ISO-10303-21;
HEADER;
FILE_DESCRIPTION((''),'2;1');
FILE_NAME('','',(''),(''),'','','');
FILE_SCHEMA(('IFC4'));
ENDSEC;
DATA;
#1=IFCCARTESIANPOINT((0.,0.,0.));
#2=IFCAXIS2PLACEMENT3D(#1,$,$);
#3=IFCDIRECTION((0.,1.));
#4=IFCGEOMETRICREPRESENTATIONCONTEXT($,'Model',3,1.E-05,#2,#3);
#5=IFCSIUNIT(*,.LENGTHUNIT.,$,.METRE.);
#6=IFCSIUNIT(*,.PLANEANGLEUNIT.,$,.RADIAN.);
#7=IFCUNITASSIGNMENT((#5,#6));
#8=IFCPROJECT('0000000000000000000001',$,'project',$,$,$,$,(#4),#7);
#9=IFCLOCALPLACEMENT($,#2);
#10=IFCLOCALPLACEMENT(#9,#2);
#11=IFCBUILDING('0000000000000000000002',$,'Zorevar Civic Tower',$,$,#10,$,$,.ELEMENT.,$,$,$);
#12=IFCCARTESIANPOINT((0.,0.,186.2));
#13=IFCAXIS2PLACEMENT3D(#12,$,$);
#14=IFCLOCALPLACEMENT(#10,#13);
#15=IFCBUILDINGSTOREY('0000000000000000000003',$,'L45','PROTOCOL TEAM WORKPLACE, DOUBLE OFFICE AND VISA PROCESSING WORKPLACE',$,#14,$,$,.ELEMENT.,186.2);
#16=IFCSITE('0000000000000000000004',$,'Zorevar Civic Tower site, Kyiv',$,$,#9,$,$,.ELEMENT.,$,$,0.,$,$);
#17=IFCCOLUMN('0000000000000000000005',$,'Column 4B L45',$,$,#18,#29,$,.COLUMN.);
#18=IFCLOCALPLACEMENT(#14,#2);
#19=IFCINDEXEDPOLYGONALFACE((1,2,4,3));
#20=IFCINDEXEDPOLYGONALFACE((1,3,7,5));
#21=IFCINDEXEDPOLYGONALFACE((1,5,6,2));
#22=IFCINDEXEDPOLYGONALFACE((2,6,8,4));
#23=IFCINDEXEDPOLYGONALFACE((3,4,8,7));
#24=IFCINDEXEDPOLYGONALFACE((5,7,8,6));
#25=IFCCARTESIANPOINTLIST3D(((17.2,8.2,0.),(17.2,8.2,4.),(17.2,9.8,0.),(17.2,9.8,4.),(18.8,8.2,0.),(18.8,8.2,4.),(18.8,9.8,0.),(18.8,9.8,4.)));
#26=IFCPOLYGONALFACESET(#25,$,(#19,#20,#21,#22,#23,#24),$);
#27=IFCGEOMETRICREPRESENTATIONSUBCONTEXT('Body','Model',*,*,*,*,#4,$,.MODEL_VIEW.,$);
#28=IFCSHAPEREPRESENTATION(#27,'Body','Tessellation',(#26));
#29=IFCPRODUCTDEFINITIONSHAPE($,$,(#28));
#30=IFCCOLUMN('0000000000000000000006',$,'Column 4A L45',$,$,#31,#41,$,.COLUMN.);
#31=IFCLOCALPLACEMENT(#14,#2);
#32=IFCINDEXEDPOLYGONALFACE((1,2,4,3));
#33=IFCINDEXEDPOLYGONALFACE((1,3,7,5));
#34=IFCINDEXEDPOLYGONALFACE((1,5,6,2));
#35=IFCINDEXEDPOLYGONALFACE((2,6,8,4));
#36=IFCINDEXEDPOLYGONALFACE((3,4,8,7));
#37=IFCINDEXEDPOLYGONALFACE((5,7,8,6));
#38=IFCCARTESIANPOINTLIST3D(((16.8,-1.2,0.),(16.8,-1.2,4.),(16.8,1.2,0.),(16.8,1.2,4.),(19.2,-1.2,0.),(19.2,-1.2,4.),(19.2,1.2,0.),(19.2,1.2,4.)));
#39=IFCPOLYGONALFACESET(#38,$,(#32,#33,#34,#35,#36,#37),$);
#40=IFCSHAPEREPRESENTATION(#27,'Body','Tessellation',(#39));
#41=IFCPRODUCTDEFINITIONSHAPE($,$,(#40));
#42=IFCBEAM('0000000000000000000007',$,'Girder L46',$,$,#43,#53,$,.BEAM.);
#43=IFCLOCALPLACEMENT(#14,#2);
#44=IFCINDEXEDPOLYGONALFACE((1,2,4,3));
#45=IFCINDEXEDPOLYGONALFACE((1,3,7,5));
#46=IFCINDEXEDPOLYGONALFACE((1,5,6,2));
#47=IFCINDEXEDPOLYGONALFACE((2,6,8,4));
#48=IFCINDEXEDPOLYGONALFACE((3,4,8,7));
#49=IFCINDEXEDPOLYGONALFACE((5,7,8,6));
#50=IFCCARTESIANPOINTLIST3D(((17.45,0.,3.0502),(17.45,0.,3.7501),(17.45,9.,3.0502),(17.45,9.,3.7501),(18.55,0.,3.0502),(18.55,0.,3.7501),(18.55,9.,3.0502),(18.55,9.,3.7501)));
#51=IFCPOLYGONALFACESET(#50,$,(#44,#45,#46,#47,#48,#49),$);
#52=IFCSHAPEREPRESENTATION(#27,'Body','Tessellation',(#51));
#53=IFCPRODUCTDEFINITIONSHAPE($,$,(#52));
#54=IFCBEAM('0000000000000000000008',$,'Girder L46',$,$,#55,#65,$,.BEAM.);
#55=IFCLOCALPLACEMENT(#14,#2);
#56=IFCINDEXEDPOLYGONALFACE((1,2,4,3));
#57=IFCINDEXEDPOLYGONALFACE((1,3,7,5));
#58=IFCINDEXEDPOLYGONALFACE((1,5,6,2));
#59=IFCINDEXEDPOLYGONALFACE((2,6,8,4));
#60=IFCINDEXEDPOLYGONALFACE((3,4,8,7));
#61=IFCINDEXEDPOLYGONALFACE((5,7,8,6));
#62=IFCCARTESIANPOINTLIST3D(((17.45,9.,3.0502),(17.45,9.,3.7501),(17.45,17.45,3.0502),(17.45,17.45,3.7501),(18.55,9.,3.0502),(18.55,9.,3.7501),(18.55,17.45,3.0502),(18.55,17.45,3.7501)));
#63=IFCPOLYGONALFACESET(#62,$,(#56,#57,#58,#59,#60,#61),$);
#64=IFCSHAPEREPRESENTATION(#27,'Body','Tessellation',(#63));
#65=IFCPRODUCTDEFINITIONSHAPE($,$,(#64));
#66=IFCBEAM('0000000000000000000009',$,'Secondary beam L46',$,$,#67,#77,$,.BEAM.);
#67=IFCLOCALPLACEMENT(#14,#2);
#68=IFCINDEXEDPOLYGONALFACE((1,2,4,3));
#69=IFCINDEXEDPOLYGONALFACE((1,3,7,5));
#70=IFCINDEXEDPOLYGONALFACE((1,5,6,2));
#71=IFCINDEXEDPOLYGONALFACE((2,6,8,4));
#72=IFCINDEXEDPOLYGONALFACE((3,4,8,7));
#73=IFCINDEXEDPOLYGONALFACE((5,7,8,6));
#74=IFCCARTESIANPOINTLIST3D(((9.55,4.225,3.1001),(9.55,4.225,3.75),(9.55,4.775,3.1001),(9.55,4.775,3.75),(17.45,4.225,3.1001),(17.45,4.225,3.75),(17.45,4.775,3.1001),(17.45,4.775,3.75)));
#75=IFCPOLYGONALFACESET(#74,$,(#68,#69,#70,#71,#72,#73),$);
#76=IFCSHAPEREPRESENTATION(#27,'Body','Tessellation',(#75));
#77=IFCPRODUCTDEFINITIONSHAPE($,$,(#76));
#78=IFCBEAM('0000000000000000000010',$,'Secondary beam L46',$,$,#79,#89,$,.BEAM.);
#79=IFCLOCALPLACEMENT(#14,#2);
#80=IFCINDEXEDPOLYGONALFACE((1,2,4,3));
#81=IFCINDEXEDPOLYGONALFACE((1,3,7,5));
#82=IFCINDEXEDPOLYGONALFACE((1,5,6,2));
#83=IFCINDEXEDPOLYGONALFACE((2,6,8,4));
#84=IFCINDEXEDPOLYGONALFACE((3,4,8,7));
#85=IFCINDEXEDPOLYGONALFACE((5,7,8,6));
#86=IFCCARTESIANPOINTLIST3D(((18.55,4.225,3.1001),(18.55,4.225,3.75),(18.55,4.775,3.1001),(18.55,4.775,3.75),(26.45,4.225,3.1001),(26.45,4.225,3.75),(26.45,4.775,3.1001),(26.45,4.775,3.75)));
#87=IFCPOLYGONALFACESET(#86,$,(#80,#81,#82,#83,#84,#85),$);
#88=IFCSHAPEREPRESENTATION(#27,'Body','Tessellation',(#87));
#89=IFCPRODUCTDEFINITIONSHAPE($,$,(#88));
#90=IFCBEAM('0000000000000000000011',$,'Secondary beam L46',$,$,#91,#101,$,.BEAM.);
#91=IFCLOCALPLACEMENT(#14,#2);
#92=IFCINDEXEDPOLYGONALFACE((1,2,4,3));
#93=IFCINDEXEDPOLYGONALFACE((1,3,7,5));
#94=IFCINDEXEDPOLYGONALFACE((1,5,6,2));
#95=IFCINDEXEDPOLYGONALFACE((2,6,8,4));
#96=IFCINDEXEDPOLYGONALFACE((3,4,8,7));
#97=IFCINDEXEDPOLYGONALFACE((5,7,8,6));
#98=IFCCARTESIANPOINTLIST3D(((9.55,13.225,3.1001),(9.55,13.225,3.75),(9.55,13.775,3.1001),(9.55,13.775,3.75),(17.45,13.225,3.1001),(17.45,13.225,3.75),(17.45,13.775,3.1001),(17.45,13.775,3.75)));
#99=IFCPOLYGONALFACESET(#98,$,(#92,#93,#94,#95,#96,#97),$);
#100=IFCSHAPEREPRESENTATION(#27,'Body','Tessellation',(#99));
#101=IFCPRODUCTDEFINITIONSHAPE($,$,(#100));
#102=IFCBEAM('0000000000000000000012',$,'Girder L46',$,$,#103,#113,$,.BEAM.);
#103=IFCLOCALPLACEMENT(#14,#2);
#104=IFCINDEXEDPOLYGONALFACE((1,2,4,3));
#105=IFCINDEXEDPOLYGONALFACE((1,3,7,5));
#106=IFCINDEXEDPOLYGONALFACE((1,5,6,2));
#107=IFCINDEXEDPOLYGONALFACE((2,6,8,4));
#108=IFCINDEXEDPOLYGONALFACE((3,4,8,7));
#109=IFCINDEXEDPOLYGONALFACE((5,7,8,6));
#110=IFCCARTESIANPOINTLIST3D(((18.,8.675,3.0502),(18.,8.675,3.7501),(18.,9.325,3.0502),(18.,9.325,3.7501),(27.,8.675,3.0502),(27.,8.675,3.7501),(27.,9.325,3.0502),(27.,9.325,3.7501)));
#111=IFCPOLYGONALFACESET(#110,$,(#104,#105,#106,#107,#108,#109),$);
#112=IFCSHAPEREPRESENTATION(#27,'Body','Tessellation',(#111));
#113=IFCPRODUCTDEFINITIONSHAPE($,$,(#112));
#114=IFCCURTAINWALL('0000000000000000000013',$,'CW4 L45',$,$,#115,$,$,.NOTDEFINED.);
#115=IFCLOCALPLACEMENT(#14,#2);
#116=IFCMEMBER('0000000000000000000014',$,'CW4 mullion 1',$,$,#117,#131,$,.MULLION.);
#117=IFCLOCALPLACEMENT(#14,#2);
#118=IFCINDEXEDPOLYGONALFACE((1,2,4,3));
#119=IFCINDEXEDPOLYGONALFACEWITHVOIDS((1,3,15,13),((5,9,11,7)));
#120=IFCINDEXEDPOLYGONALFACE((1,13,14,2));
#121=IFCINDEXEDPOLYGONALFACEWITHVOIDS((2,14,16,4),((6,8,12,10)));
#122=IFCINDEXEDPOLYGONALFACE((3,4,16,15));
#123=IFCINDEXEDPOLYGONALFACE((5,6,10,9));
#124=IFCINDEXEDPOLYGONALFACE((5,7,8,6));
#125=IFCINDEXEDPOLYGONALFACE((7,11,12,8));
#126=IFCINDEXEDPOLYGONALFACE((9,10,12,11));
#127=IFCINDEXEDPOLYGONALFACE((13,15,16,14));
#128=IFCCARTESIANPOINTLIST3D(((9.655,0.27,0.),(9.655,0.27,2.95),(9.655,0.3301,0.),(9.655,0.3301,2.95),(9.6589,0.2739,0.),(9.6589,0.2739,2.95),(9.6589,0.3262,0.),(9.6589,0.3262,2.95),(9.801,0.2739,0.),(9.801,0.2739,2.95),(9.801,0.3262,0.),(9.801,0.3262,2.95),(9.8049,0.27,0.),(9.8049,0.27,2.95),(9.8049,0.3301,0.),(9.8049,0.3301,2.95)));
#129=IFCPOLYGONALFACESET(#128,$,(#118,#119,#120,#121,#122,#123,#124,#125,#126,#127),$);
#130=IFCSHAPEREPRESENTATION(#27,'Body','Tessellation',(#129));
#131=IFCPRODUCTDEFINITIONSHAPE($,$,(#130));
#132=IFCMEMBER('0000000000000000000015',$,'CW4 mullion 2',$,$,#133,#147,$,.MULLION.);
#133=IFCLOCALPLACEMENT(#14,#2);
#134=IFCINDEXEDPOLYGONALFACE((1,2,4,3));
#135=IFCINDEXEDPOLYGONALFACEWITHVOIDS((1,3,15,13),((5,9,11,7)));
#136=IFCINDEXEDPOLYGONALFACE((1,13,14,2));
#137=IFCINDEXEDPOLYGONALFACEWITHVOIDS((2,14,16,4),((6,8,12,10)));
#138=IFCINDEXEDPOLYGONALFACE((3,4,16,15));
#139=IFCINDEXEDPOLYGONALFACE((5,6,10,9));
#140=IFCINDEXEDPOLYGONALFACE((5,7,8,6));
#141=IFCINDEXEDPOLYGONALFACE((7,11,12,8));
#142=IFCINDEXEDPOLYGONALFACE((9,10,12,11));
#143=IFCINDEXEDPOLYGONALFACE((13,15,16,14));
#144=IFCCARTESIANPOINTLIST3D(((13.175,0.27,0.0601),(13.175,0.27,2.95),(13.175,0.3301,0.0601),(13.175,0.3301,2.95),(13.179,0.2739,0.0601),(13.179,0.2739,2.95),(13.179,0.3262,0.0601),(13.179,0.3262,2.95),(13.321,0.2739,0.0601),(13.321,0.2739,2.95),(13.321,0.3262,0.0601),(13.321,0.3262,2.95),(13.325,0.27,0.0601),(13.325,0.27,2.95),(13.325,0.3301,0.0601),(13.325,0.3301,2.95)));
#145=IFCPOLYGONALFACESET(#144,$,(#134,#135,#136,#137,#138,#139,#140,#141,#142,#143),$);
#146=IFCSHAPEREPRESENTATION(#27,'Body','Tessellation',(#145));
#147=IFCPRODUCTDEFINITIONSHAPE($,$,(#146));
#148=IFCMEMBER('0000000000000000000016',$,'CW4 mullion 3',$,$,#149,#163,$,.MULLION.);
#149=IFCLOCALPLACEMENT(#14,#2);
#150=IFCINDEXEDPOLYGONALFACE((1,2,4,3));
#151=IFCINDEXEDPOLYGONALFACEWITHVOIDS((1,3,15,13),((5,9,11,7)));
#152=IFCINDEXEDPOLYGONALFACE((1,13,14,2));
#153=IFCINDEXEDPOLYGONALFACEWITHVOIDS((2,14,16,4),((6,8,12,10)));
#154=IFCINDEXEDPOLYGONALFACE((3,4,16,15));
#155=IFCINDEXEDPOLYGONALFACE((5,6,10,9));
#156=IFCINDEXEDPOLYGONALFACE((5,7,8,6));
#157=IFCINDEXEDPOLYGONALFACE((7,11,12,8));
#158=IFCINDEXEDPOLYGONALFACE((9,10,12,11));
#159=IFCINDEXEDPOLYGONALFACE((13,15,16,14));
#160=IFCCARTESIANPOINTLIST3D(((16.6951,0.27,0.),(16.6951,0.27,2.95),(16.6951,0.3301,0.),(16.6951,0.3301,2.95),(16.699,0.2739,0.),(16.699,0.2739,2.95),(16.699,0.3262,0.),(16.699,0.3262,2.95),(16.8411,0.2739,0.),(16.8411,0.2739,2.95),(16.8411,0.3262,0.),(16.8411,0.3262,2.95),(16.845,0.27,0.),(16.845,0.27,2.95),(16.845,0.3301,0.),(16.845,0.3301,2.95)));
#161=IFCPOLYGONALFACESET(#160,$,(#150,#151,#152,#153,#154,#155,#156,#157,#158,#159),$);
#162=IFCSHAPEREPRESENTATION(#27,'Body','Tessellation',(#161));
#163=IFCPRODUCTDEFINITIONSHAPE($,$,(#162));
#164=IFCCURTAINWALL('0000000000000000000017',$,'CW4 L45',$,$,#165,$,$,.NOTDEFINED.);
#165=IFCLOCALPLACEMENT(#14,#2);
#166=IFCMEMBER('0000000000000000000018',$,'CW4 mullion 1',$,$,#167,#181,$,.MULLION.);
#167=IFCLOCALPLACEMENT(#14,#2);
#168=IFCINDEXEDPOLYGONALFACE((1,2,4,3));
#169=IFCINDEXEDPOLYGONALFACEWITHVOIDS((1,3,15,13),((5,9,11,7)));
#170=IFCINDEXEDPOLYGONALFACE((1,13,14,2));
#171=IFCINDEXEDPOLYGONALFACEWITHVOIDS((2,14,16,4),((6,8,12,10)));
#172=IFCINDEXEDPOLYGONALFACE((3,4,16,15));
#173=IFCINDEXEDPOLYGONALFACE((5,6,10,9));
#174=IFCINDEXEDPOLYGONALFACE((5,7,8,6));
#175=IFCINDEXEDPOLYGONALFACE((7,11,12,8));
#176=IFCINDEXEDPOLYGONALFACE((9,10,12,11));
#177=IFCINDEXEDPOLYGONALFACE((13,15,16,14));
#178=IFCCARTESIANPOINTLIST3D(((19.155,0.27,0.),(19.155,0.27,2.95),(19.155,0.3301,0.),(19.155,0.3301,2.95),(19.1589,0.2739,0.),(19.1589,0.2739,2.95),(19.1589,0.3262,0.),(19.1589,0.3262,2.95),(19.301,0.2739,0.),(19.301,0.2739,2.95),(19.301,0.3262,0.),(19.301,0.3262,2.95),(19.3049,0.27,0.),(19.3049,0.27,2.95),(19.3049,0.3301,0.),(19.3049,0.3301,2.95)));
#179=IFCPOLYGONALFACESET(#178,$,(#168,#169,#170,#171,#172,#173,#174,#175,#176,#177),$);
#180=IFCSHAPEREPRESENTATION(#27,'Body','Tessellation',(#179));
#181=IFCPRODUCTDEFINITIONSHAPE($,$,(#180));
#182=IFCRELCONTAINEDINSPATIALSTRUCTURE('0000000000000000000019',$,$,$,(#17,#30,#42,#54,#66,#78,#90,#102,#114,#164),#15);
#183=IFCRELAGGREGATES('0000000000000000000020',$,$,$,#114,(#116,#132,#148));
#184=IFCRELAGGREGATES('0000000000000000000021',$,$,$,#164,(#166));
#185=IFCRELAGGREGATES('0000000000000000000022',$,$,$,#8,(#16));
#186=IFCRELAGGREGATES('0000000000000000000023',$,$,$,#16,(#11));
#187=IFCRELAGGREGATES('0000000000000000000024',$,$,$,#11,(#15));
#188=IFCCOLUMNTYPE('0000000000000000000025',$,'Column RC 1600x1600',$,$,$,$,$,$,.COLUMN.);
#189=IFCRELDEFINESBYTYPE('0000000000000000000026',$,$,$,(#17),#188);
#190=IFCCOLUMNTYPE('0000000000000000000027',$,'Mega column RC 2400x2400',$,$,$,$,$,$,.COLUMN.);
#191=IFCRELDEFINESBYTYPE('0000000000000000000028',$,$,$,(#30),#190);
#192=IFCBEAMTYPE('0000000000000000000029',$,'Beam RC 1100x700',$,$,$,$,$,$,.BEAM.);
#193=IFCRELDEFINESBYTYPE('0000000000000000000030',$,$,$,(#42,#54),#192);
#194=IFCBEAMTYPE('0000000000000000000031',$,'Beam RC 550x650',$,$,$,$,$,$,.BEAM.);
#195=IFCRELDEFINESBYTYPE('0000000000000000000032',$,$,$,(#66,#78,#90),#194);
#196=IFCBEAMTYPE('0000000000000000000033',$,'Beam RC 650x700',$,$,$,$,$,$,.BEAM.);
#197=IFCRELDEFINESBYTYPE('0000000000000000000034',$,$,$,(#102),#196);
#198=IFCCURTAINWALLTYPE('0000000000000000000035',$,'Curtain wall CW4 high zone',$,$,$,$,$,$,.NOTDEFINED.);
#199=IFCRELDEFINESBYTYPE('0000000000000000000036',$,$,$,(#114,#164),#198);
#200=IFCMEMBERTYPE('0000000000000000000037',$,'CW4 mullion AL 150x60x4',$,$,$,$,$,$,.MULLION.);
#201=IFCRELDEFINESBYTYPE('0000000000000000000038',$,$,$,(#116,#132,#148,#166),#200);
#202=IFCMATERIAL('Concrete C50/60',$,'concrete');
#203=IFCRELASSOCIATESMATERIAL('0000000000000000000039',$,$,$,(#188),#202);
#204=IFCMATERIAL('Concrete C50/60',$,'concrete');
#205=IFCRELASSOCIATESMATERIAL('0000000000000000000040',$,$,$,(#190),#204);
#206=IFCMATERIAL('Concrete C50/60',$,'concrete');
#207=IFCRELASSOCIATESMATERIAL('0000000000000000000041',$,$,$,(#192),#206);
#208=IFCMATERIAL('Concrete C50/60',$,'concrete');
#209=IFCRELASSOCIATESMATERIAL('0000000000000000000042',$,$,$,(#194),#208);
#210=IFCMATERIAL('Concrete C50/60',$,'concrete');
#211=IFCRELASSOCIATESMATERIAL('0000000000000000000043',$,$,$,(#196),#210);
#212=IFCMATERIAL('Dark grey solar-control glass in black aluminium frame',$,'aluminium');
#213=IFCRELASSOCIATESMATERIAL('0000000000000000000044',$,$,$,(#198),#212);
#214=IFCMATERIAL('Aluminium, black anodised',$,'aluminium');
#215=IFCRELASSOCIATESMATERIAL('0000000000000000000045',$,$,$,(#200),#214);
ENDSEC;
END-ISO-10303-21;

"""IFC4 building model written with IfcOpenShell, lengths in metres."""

from ifc_helpers import new_model, si_unit, direction, frame, origin, origin_2d, place, context, subcontext, project, spatial, rectangle, hollow_rectangle, extrude, material, material_profile, profile_set, type_object, element, aggregate, save


model = new_model("IFC4")

# Units and contexts
model_context = context("Model", 3, precision=1e-05, world=origin(), true_north=direction((0.0, 1.0)))
body_context = subcontext(model_context, "Body", "Model", "MODEL_VIEW")
ifc_project = project(units=[si_unit("LENGTHUNIT", "METRE"), si_unit("PLANEANGLEUNIT", "RADIAN")], contexts=[model_context])

# Site, building, storey
site_placement = place(None, origin())
site = spatial("IfcSite", under=ifc_project, at=site_placement, Name="Zorevar Civic Tower site, Kyiv", CompositionType="ELEMENT", RefElevation=0.0)
building_placement = place(site_placement, origin())
building = spatial("IfcBuilding", under=site, at=building_placement, Name="Zorevar Civic Tower", CompositionType="ELEMENT")
storey_placement = place(building_placement, frame((0.0, 0.0, 186.2)))
storey = spatial("IfcBuildingStorey", under=building, at=storey_placement, Name="L45", Description="PROTOCOL TEAM WORKPLACE, DOUBLE OFFICE AND VISA PROCESSING WORKPLACE", CompositionType="ELEMENT", Elevation=186.2)

# Columns
ifc_material_1 = material(Name="Concrete C50/60", Category="concrete")
ifc_material_profile_1 = material_profile(ifc_material_1, rectangle(XDim=1.6001, YDim=1.6001, at=origin_2d()), Name="RC 1600x1600")
ifc_profile_set_1 = profile_set([ifc_material_profile_1], Name="Concrete C50/60")
column_type_1 = type_object("IfcColumnType", Name="Column RC 1600x1600", PredefinedType="COLUMN", material=ifc_profile_set_1)
column_1_placement = place(storey_placement, frame((18.0, 9.0, 0.0), z_axis=(0.0, 0.0, 1.0), x_axis=(1.0, 0.0, 0.0)))
element("IfcColumn", 1, at=column_1_placement, inside=storey, type_object=column_type_1, Name="Column 4B L45", PredefinedType="COLUMN", context=body_context, shape_type="SweptSolid", body=[
    extrude(rectangle(XDim=1.6001, YDim=1.6001, at=origin_2d()), origin(), (0.0, 0.0, 1.0), 4.0),
])
ifc_material_2 = material(Name="Concrete C50/60", Category="concrete")
ifc_material_profile_2 = material_profile(ifc_material_2, rectangle(XDim=2.3999, YDim=2.3999, at=origin_2d()), Name="RC 2400x2400")
ifc_profile_set_2 = profile_set([ifc_material_profile_2], Name="Concrete C50/60")
column_type_2 = type_object("IfcColumnType", Name="Mega column RC 2400x2400", PredefinedType="COLUMN", material=ifc_profile_set_2)
column_2_placement = place(storey_placement, frame((18.0, 0.0, 0.0), z_axis=(0.0, 0.0, 1.0), x_axis=(1.0, 0.0, 0.0)))
element("IfcColumn", 2, at=column_2_placement, inside=storey, type_object=column_type_2, Name="Column 4A L45", PredefinedType="COLUMN", context=body_context, shape_type="SweptSolid", body=[
    extrude(rectangle(XDim=2.3999, YDim=2.3999, at=origin_2d()), origin(), (0.0, 0.0, 1.0), 4.0),
])

# Beams
ifc_material_3 = material(Name="Concrete C50/60", Category="concrete")
ifc_material_profile_3 = material_profile(ifc_material_3, rectangle(XDim=1.1001, YDim=0.7, at=origin_2d()), Name="RC 1100x700")
ifc_profile_set_3 = profile_set([ifc_material_profile_3], Name="Concrete C50/60")
beam_type_1 = type_object("IfcBeamType", Name="Beam RC 1100x700", PredefinedType="BEAM", material=ifc_profile_set_3)
beam_1_placement = place(storey_placement, frame((18.0, 0.0, 3.4001), z_axis=(0.0, 1.0, 0.0), x_axis=(-1.0, 0.0, 0.0)))
element("IfcBeam", 3, at=beam_1_placement, inside=storey, type_object=beam_type_1, Name="Girder L46", PredefinedType="BEAM", context=body_context, shape_type="SweptSolid", body=[
    extrude(rectangle(XDim=1.1001, YDim=0.7, at=origin_2d()), origin(), (0.0, 0.0, 1.0), 9.0),
])
beam_2_placement = place(storey_placement, frame((18.0, 9.0, 3.4001), z_axis=(0.0, 1.0, 0.0), x_axis=(-1.0, 0.0, 0.0)))
element("IfcBeam", 4, at=beam_2_placement, inside=storey, type_object=beam_type_1, Name="Girder L46", PredefinedType="BEAM", context=body_context, shape_type="SweptSolid", body=[
    extrude(rectangle(XDim=1.1001, YDim=0.7, at=origin_2d()), origin(), (0.0, 0.0, 1.0), 8.45),
])
ifc_material_4 = material(Name="Concrete C50/60", Category="concrete")
ifc_material_profile_4 = material_profile(ifc_material_4, rectangle(XDim=0.55, YDim=0.6499, at=origin_2d()), Name="RC 550x650")
ifc_profile_set_4 = profile_set([ifc_material_profile_4], Name="Concrete C50/60")
beam_type_2 = type_object("IfcBeamType", Name="Beam RC 550x650", PredefinedType="BEAM", material=ifc_profile_set_4)
for number, where, z_axis, x_axis, name in (
    (5, (9.55, 4.5, 3.425), (1.0, 0.0, 0.0), (0.0, 1.0, 0.0), "Secondary beam L46"),
    (6, (18.55, 4.5, 3.425), (1.0, 0.0, 0.0), (0.0, 1.0, 0.0), "Secondary beam L46"),
    (7, (9.55, 13.5, 3.425), (1.0, 0.0, 0.0), (0.0, 1.0, 0.0), "Secondary beam L46"),
):
    element("IfcBeam", number, at=place(storey_placement, frame(where, z_axis=z_axis, x_axis=x_axis)), inside=storey, type_object=beam_type_2, Name=name, PredefinedType="BEAM", context=body_context, shape_type="SweptSolid", body=[
        extrude(rectangle(XDim=0.55, YDim=0.6499, at=origin_2d()), origin(), (0.0, 0.0, 1.0), 7.8999),
    ])
ifc_material_5 = material(Name="Concrete C50/60", Category="concrete")
ifc_material_profile_5 = material_profile(ifc_material_5, rectangle(XDim=0.6499, YDim=0.7, at=origin_2d()), Name="RC 650x700")
ifc_profile_set_5 = profile_set([ifc_material_profile_5], Name="Concrete C50/60")
beam_type_3 = type_object("IfcBeamType", Name="Beam RC 650x700", PredefinedType="BEAM", material=ifc_profile_set_5)
beam_3_placement = place(storey_placement, frame((18.0, 9.0, 3.4001), z_axis=(1.0, 0.0, 0.0), x_axis=(0.0, 1.0, 0.0)))
element("IfcBeam", 8, at=beam_3_placement, inside=storey, type_object=beam_type_3, Name="Girder L46", PredefinedType="BEAM", context=body_context, shape_type="SweptSolid", body=[
    extrude(rectangle(XDim=0.6499, YDim=0.7, at=origin_2d()), origin(), (0.0, 0.0, 1.0), 9.0),
])

# Curtain wall, members
ifc_material_6 = material(Name="Dark grey solar-control glass in black aluminium frame", Category="aluminium")
curtain_wall_type = type_object("IfcCurtainWallType", Name="Curtain wall CW4 high zone", PredefinedType="NOTDEFINED", material=ifc_material_6)
curtain_wall_1_placement = place(storey_placement, origin())
curtain_wall_1 = element("IfcCurtainWall", 9, at=curtain_wall_1_placement, inside=storey, type_object=curtain_wall_type, Name="CW4 L45", PredefinedType="NOTDEFINED")
ifc_material_7 = material(Name="Aluminium, black anodised", Category="aluminium")
ifc_material_profile_6 = material_profile(ifc_material_7, hollow_rectangle(XDim=0.0601, YDim=0.1499, WallThickness=0.0039, at=origin_2d()), Name="AL 150x60x4")
ifc_profile_set_6 = profile_set([ifc_material_profile_6], Name="Aluminium, black anodised")
member_type_1 = type_object("IfcMemberType", Name="CW4 mullion AL 150x60x4", PredefinedType="MULLION", material=ifc_profile_set_6)
member_1_placement = place(storey_placement, frame((9.73, 0.3, 0.0), z_axis=(0.0, 0.0, 1.0), x_axis=(0.0, 1.0, 0.0)))
member_1 = element("IfcMember", 10, at=member_1_placement, type_object=member_type_1, Name="CW4 mullion 1", PredefinedType="MULLION", context=body_context, shape_type="SweptSolid", body=[
    extrude(hollow_rectangle(XDim=0.0601, YDim=0.1499, WallThickness=0.0039, at=origin_2d()), origin(), (0.0, 0.0, 1.0), 2.95),
])
member_2_placement = place(storey_placement, frame((13.25, 0.3, 0.0601), z_axis=(0.0, 0.0, 1.0), x_axis=(0.0, 1.0, 0.0)))
member_2 = element("IfcMember", 11, at=member_2_placement, type_object=member_type_1, Name="CW4 mullion 2", PredefinedType="MULLION", context=body_context, shape_type="SweptSolid", body=[
    extrude(hollow_rectangle(XDim=0.0601, YDim=0.1499, WallThickness=0.0039, at=origin_2d()), origin(), (0.0, 0.0, 1.0), 2.8899),
])
member_3_placement = place(storey_placement, frame((16.77, 0.3, 0.0), z_axis=(0.0, 0.0, 1.0), x_axis=(0.0, 1.0, 0.0)))
member_3 = element("IfcMember", 12, at=member_3_placement, type_object=member_type_1, Name="CW4 mullion 3", PredefinedType="MULLION", context=body_context, shape_type="SweptSolid", body=[
    extrude(hollow_rectangle(XDim=0.0601, YDim=0.1499, WallThickness=0.0039, at=origin_2d()), origin(), (0.0, 0.0, 1.0), 2.95),
])

# Curtain wall, member
curtain_wall_2_placement = place(storey_placement, origin())
curtain_wall_2 = element("IfcCurtainWall", 13, at=curtain_wall_2_placement, inside=storey, type_object=curtain_wall_type, Name="CW4 L45", PredefinedType="NOTDEFINED")
member_4_placement = place(storey_placement, frame((19.23, 0.3, 0.0), z_axis=(0.0, 0.0, 1.0), x_axis=(0.0, 1.0, 0.0)))
member_4 = element("IfcMember", 14, at=member_4_placement, type_object=member_type_1, Name="CW4 mullion 1", PredefinedType="MULLION", context=body_context, shape_type="SweptSolid", body=[
    extrude(hollow_rectangle(XDim=0.0601, YDim=0.1499, WallThickness=0.0039, at=origin_2d()), origin(), (0.0, 0.0, 1.0), 2.95),
])

aggregate(curtain_wall_1, [member_1, member_2, member_3])
aggregate(curtain_wall_2, [member_4])

save(model, "model.ifc")
